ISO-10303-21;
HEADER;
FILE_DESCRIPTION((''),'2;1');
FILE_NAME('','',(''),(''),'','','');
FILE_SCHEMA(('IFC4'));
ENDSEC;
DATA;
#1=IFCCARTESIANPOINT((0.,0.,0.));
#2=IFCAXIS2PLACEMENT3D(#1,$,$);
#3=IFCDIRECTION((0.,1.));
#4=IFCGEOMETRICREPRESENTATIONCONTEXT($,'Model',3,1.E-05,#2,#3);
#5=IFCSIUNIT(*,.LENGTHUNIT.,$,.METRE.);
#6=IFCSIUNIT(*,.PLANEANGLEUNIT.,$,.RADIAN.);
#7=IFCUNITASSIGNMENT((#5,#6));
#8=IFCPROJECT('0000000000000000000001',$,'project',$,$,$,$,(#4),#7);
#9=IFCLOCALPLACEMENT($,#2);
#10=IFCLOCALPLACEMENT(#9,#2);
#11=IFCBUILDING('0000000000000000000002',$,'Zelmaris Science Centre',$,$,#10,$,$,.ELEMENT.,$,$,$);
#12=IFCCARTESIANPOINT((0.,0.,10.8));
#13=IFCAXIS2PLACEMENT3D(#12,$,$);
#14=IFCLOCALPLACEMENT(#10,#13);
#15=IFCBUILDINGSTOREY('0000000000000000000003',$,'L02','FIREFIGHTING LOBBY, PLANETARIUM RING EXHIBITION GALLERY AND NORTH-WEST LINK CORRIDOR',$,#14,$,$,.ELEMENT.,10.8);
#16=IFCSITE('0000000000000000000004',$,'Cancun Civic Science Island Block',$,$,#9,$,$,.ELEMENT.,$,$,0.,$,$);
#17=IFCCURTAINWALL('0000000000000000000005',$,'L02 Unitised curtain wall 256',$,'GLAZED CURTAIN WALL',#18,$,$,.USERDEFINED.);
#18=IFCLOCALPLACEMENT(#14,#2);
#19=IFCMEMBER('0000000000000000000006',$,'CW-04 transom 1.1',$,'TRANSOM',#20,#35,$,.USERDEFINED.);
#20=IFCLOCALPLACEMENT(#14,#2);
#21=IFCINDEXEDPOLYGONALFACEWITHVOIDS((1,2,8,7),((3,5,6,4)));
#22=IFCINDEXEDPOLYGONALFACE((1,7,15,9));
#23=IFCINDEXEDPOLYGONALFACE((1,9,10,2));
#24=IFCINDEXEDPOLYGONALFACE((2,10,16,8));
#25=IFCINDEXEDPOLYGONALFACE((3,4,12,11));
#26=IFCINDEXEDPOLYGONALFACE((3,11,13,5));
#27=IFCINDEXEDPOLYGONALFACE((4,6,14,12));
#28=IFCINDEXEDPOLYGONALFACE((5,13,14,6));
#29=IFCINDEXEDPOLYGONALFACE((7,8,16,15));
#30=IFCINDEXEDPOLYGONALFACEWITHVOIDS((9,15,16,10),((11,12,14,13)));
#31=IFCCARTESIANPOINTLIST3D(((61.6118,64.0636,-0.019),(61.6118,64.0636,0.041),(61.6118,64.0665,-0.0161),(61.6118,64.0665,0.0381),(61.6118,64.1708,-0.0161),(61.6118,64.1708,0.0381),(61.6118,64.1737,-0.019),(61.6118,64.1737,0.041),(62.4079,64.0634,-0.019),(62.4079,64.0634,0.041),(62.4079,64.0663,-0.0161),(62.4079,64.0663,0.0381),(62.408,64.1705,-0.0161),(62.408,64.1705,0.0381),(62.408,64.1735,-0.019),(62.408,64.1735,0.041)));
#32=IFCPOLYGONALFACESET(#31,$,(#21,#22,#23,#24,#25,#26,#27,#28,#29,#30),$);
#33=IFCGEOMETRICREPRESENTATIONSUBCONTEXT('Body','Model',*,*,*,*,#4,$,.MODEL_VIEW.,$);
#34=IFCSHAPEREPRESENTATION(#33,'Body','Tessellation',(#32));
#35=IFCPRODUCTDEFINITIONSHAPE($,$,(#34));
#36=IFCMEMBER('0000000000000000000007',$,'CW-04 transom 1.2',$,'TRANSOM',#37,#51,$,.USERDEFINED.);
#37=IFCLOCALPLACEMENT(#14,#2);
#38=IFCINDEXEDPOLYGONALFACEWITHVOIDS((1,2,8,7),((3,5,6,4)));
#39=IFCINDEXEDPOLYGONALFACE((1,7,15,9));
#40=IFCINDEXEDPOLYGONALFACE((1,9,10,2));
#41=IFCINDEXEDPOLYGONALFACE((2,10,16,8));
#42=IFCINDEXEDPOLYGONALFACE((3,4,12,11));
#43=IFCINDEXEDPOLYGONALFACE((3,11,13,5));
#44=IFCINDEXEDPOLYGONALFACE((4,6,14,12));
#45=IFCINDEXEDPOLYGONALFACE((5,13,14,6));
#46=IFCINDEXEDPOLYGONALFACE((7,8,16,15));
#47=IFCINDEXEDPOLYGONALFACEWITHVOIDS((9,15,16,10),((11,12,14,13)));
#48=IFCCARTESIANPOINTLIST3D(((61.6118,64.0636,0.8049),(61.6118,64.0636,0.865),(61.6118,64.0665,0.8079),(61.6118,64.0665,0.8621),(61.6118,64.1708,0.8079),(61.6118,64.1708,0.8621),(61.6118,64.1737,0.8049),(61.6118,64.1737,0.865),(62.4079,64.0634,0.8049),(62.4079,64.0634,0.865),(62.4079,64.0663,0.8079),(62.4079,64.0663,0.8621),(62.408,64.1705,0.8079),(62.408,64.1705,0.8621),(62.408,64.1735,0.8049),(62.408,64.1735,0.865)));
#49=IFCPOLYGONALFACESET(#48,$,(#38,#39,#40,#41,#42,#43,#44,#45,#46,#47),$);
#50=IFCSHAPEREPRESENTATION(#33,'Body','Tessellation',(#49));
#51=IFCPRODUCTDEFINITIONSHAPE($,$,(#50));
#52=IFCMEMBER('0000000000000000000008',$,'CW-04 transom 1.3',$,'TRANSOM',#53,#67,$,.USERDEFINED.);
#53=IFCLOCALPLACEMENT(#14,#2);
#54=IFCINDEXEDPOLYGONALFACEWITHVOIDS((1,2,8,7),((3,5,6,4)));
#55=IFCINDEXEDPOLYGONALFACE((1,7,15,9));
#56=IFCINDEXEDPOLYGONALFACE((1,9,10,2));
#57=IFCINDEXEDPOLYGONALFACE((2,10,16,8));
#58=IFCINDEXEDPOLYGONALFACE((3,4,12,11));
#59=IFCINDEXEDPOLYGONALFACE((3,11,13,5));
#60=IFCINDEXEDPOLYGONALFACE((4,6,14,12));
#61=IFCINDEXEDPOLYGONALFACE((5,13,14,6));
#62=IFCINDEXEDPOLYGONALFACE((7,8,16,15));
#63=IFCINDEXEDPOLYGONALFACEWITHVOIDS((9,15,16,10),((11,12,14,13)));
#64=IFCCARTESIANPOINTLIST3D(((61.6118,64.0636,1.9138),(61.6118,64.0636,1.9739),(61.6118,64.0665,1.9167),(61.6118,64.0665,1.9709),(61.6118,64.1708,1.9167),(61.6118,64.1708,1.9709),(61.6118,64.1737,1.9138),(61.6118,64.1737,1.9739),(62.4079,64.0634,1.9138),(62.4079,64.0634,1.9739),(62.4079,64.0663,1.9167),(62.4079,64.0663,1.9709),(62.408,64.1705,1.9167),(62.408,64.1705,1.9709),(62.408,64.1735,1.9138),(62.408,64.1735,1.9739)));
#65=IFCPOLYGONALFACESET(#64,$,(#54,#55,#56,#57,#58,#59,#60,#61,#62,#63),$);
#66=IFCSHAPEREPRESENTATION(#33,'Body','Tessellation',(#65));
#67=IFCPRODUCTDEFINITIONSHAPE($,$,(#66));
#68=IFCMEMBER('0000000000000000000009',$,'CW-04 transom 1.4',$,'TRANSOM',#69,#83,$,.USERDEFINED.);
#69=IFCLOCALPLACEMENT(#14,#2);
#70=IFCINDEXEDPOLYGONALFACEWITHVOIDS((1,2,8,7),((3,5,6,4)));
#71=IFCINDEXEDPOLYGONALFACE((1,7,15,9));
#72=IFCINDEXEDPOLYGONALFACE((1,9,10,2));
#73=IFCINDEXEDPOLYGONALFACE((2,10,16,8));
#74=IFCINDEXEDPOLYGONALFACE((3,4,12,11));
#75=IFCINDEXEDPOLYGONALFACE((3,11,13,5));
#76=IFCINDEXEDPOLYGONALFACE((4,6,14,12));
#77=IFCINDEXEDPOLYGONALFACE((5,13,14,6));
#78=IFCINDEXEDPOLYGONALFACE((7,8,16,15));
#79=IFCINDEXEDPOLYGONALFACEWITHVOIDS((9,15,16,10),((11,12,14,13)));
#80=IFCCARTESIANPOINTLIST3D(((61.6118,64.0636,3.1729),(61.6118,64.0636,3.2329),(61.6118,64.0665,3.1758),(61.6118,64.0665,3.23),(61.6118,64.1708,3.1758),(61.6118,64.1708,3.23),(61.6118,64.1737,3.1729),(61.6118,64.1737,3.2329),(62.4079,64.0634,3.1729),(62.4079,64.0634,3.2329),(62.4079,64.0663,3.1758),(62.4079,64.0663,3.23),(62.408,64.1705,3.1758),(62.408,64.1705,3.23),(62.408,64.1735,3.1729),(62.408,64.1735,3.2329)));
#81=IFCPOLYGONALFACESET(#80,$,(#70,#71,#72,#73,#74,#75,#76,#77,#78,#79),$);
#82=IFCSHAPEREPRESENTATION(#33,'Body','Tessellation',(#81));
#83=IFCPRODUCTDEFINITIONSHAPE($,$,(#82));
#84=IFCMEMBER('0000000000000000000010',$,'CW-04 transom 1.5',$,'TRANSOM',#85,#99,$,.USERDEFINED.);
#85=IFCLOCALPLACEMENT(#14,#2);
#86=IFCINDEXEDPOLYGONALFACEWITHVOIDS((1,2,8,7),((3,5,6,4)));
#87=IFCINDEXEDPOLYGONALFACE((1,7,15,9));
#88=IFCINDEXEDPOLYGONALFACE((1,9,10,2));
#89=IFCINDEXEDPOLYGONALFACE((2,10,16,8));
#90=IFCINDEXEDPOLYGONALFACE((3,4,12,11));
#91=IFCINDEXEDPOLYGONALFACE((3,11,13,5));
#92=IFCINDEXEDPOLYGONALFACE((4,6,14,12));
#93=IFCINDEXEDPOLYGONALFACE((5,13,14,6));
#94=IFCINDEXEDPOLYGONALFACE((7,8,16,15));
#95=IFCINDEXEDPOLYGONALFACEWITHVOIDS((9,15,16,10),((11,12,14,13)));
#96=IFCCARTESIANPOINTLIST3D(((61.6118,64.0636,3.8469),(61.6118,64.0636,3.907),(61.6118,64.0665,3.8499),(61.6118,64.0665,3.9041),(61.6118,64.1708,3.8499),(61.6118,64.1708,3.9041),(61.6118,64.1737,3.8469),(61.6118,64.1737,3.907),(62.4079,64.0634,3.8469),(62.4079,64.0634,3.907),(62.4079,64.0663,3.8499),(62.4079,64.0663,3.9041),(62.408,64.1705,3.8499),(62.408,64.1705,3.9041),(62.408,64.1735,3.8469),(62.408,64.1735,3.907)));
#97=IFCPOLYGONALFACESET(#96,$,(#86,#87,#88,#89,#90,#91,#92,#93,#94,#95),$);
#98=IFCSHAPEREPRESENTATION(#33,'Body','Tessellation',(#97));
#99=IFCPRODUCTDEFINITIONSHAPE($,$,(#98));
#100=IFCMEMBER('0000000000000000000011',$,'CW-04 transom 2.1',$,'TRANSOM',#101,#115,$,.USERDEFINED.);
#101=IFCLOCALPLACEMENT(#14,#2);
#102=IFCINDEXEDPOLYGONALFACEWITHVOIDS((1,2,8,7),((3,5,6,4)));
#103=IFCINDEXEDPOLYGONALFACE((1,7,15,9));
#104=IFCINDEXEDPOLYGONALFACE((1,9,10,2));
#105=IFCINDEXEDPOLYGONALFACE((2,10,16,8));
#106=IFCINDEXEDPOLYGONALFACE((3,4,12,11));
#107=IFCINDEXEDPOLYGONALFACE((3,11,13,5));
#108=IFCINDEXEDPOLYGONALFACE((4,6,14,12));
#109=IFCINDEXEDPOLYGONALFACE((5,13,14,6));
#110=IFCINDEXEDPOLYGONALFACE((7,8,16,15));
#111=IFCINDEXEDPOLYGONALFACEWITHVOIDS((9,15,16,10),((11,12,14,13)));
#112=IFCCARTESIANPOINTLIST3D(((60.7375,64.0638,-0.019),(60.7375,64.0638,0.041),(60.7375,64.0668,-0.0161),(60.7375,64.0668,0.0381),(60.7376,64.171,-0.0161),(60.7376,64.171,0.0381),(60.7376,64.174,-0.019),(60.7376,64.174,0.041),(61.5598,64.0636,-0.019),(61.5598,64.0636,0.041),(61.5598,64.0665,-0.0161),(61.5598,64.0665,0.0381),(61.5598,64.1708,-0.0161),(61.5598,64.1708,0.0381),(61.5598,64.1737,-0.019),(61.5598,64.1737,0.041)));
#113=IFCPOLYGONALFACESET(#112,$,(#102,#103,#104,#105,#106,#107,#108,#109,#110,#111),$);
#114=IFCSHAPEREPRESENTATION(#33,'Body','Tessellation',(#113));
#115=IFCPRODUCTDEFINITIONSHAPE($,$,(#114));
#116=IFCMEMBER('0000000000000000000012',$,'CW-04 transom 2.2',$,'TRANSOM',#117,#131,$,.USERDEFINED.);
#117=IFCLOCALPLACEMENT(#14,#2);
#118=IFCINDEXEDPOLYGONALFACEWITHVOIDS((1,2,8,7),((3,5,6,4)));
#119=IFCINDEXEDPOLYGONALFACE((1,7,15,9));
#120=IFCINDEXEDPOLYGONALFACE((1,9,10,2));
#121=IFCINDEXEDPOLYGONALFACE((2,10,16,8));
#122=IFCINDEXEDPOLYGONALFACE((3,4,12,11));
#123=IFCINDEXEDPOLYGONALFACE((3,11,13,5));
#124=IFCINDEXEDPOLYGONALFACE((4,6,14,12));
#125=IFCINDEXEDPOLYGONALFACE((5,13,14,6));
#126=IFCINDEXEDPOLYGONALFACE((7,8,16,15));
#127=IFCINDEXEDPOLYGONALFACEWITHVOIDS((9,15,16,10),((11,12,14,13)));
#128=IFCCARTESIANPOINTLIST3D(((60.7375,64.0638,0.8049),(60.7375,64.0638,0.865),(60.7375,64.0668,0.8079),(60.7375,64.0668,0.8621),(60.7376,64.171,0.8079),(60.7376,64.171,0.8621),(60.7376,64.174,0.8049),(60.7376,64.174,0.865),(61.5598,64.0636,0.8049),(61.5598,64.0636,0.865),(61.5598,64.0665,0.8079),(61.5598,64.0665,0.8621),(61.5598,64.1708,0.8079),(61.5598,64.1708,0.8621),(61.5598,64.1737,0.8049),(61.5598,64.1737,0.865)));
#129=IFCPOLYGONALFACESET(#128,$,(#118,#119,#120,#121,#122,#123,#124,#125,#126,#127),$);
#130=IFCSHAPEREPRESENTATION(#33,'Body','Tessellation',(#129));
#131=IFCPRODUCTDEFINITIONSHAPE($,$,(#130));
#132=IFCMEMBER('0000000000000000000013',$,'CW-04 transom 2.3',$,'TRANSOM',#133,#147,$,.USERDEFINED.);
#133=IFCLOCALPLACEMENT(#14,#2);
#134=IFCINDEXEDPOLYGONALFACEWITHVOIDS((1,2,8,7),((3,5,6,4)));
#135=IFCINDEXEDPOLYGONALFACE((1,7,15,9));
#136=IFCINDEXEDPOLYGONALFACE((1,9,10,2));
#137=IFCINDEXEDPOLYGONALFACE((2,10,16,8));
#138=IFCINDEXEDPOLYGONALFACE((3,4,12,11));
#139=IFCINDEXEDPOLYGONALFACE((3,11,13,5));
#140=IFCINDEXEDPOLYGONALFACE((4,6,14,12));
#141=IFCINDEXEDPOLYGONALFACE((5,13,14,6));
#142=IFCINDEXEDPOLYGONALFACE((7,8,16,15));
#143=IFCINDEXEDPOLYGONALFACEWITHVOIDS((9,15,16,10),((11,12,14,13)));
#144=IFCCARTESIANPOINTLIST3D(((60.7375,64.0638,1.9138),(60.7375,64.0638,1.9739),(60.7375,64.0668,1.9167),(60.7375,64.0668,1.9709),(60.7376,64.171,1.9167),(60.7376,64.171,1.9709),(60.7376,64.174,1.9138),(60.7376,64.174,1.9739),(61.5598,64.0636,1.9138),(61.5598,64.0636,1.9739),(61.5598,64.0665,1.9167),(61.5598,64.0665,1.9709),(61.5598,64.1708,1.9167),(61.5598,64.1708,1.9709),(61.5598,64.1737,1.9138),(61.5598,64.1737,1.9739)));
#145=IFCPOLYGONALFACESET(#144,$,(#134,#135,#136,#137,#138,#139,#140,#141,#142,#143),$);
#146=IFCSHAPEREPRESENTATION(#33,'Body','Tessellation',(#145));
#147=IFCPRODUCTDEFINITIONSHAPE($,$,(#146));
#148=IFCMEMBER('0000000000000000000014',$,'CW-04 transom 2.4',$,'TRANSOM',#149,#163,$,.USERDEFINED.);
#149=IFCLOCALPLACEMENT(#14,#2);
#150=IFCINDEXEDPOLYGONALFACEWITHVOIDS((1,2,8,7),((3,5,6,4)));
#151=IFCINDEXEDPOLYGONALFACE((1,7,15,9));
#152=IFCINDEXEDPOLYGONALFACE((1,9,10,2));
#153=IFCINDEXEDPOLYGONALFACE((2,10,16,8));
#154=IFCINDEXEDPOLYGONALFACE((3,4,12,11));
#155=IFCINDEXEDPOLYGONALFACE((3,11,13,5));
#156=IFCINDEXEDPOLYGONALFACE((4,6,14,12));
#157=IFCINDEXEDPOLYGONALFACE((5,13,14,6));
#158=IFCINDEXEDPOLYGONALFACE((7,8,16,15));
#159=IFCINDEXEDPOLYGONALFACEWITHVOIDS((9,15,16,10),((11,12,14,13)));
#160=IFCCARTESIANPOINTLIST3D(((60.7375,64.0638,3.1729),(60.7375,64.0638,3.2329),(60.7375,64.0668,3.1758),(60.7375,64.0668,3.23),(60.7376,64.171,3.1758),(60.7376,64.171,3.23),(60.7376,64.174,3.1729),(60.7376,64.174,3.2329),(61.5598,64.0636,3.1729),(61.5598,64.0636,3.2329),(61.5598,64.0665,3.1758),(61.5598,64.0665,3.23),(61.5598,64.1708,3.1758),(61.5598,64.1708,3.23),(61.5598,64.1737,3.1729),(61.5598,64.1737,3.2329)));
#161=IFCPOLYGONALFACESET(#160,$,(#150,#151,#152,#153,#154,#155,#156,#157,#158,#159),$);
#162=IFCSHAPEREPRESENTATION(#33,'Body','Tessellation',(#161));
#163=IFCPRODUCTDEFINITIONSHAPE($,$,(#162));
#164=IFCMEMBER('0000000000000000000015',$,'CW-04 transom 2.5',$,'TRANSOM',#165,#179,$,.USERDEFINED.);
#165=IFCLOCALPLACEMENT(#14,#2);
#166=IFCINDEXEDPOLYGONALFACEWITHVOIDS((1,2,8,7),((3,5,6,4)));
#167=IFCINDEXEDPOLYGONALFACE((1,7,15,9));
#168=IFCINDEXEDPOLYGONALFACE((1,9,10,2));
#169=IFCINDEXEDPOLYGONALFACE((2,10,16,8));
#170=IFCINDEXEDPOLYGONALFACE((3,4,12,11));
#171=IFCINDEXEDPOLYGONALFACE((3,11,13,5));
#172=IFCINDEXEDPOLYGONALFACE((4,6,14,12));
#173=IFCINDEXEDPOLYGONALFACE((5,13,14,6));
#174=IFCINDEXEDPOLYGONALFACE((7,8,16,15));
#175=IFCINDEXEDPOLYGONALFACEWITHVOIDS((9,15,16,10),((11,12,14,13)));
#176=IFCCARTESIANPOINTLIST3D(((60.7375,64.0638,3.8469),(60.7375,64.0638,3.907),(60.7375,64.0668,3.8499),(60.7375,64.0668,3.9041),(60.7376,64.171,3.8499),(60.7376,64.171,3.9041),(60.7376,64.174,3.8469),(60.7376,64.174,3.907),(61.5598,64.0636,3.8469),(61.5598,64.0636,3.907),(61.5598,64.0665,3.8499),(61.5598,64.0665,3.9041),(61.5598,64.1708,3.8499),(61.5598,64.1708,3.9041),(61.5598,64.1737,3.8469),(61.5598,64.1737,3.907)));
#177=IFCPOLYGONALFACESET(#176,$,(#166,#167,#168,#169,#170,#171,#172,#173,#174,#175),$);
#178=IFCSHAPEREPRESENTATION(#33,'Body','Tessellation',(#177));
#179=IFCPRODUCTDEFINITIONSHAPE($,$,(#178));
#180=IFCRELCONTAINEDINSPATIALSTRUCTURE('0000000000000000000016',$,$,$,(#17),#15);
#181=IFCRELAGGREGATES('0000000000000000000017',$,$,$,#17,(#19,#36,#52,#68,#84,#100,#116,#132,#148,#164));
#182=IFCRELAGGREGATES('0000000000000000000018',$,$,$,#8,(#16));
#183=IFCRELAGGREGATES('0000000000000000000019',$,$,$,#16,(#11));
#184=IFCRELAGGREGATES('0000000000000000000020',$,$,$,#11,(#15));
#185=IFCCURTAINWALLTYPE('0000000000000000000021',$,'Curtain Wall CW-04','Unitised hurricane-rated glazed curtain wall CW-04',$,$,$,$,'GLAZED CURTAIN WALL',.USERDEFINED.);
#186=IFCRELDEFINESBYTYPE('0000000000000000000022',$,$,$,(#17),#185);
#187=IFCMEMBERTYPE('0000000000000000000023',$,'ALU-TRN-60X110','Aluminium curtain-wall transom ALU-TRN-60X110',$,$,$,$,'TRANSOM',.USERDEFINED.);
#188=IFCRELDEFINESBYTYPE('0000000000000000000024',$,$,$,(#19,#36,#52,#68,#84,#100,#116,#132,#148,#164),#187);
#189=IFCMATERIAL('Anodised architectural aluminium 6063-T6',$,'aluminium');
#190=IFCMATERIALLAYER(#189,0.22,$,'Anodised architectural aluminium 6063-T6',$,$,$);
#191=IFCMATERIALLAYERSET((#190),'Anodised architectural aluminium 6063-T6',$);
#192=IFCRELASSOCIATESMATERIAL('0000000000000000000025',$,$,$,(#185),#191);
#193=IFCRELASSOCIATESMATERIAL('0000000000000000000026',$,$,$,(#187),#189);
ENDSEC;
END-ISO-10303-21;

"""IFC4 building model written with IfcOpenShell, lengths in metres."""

from ifc_helpers import new_model, si_unit, direction, frame, origin, origin_2d, place, context, subcontext, project, spatial, hollow_rectangle, extrude, material, layer, layer_set, material_profile, profile_set, type_object, element, aggregate, save


model = new_model("IFC4")

# Units and contexts
model_context = context("Model", 3, precision=1e-05, world=origin(), true_north=direction((0.0, 1.0)))
body_context = subcontext(model_context, "Body", "Model", "MODEL_VIEW")
ifc_project = project(units=[si_unit("LENGTHUNIT", "METRE"), si_unit("PLANEANGLEUNIT", "RADIAN")], contexts=[model_context])

# Site, building, storey
site_placement = place(None, origin())
site = spatial("IfcSite", under=ifc_project, at=site_placement, Name="Cancun Civic Science Island Block", CompositionType="ELEMENT", RefElevation=0.0)
building_placement = place(site_placement, origin())
building = spatial("IfcBuilding", under=site, at=building_placement, Name="Zelmaris Science Centre", CompositionType="ELEMENT")
storey_placement = place(building_placement, frame((0.0, 0.0, 10.8)))
storey = spatial("IfcBuildingStorey", under=building, at=storey_placement, Name="L02", Description="FIREFIGHTING LOBBY, PLANETARIUM RING EXHIBITION GALLERY AND NORTH-WEST LINK CORRIDOR", CompositionType="ELEMENT", Elevation=10.8)

# Curtain wall, members
ifc_material_1 = material(Name="Anodised architectural aluminium 6063-T6", Category="aluminium")
ifc_layer_1 = layer(ifc_material_1, 0.22, Name="Anodised architectural aluminium 6063-T6")
ifc_layer_set_1 = layer_set([ifc_layer_1], Name="Anodised architectural aluminium 6063-T6")
curtain_wall_type = type_object("IfcCurtainWallType", Name="Curtain Wall CW-04", Description="Unitised hurricane-rated glazed curtain wall CW-04", ElementType="GLAZED CURTAIN WALL", PredefinedType="USERDEFINED", material=ifc_layer_set_1)
curtain_wall_placement = place(storey_placement, origin())
curtain_wall = element("IfcCurtainWall", 1, at=curtain_wall_placement, inside=storey, type_object=curtain_wall_type, Name="L02 Unitised curtain wall 256", ObjectType="GLAZED CURTAIN WALL", PredefinedType="USERDEFINED")
ifc_material_profile_1 = material_profile(ifc_material_1, hollow_rectangle(XDim=0.0601, YDim=0.1101, WallThickness=0.0029, at=origin_2d()), Name="ALU-TRN-60X110")
ifc_profile_set_1 = profile_set([ifc_material_profile_1], Name="Anodised architectural aluminium 6063-T6")
member_type_1 = type_object("IfcMemberType", Name="ALU-TRN-60X110", Description="Aluminium curtain-wall transom ALU-TRN-60X110", ElementType="TRANSOM", PredefinedType="USERDEFINED", material=ifc_profile_set_1)
member_1_placement = place(storey_placement, frame((62.408, 64.1184, 0.011), z_axis=(-1.0, 0.000307, 0.0), x_axis=(0.0, 0.0, 1.0)))
member_1 = element("IfcMember", 2, at=member_1_placement, type_object=member_type_1, Name="CW-04 transom 1.1", ObjectType="TRANSOM", PredefinedType="USERDEFINED", context=body_context, shape_type="SweptSolid", body=[
    extrude(hollow_rectangle(XDim=0.0601, YDim=0.1101, WallThickness=0.0029, at=origin_2d()), origin(), (0.0, 0.0, 1.0), 0.7961),
])
member_2_placement = place(storey_placement, frame((62.408, 64.1184, 0.835), z_axis=(-1.0, 0.000307, 0.0), x_axis=(0.0, 0.0, 1.0)))
member_2 = element("IfcMember", 3, at=member_2_placement, type_object=member_type_1, Name="CW-04 transom 1.2", ObjectType="TRANSOM", PredefinedType="USERDEFINED", context=body_context, shape_type="SweptSolid", body=[
    extrude(hollow_rectangle(XDim=0.0601, YDim=0.1101, WallThickness=0.0029, at=origin_2d()), origin(), (0.0, 0.0, 1.0), 0.7961),
])
member_3_placement = place(storey_placement, frame((62.408, 64.1184, 1.9438), z_axis=(-1.0, 0.000307, 0.0), x_axis=(0.0, 0.0, 1.0)))
member_3 = element("IfcMember", 4, at=member_3_placement, type_object=member_type_1, Name="CW-04 transom 1.3", ObjectType="TRANSOM", PredefinedType="USERDEFINED", context=body_context, shape_type="SweptSolid", body=[
    extrude(hollow_rectangle(XDim=0.0601, YDim=0.1101, WallThickness=0.0029, at=origin_2d()), origin(), (0.0, 0.0, 1.0), 0.7961),
])
member_4_placement = place(storey_placement, frame((62.408, 64.1184, 3.2029), z_axis=(-1.0, 0.000307, 0.0), x_axis=(0.0, 0.0, 1.0)))
member_4 = element("IfcMember", 5, at=member_4_placement, type_object=member_type_1, Name="CW-04 transom 1.4", ObjectType="TRANSOM", PredefinedType="USERDEFINED", context=body_context, shape_type="SweptSolid", body=[
    extrude(hollow_rectangle(XDim=0.0601, YDim=0.1101, WallThickness=0.0029, at=origin_2d()), origin(), (0.0, 0.0, 1.0), 0.7961),
])
member_5_placement = place(storey_placement, frame((62.408, 64.1184, 3.877), z_axis=(-1.0, 0.000307, 0.0), x_axis=(0.0, 0.0, 1.0)))
member_5 = element("IfcMember", 6, at=member_5_placement, type_object=member_type_1, Name="CW-04 transom 1.5", ObjectType="TRANSOM", PredefinedType="USERDEFINED", context=body_context, shape_type="SweptSolid", body=[
    extrude(hollow_rectangle(XDim=0.0601, YDim=0.1101, WallThickness=0.0029, at=origin_2d()), origin(), (0.0, 0.0, 1.0), 0.7961),
])
member_6_placement = place(storey_placement, frame((61.5598, 64.1187, 0.011), z_axis=(-1.0, 0.000297, 0.0), x_axis=(0.0, 0.0, 1.0)))
member_6 = element("IfcMember", 7, at=member_6_placement, type_object=member_type_1, Name="CW-04 transom 2.1", ObjectType="TRANSOM", PredefinedType="USERDEFINED", context=body_context, shape_type="SweptSolid", body=[
    extrude(hollow_rectangle(XDim=0.0601, YDim=0.1101, WallThickness=0.0029, at=origin_2d()), origin(), (0.0, 0.0, 1.0), 0.8223),
])
member_7_placement = place(storey_placement, frame((61.5598, 64.1187, 0.835), z_axis=(-1.0, 0.000297, 0.0), x_axis=(0.0, 0.0, 1.0)))
member_7 = element("IfcMember", 8, at=member_7_placement, type_object=member_type_1, Name="CW-04 transom 2.2", ObjectType="TRANSOM", PredefinedType="USERDEFINED", context=body_context, shape_type="SweptSolid", body=[
    extrude(hollow_rectangle(XDim=0.0601, YDim=0.1101, WallThickness=0.0029, at=origin_2d()), origin(), (0.0, 0.0, 1.0), 0.8223),
])
member_8_placement = place(storey_placement, frame((61.5598, 64.1187, 1.9438), z_axis=(-1.0, 0.000297, 0.0), x_axis=(0.0, 0.0, 1.0)))
member_8 = element("IfcMember", 9, at=member_8_placement, type_object=member_type_1, Name="CW-04 transom 2.3", ObjectType="TRANSOM", PredefinedType="USERDEFINED", context=body_context, shape_type="SweptSolid", body=[
    extrude(hollow_rectangle(XDim=0.0601, YDim=0.1101, WallThickness=0.0029, at=origin_2d()), origin(), (0.0, 0.0, 1.0), 0.8223),
])
member_9_placement = place(storey_placement, frame((61.5598, 64.1187, 3.2029), z_axis=(-1.0, 0.000297, 0.0), x_axis=(0.0, 0.0, 1.0)))
member_9 = element("IfcMember", 10, at=member_9_placement, type_object=member_type_1, Name="CW-04 transom 2.4", ObjectType="TRANSOM", PredefinedType="USERDEFINED", context=body_context, shape_type="SweptSolid", body=[
    extrude(hollow_rectangle(XDim=0.0601, YDim=0.1101, WallThickness=0.0029, at=origin_2d()), origin(), (0.0, 0.0, 1.0), 0.8223),
])
member_10_placement = place(storey_placement, frame((61.5598, 64.1187, 3.877), z_axis=(-1.0, 0.000297, 0.0), x_axis=(0.0, 0.0, 1.0)))
member_10 = element("IfcMember", 11, at=member_10_placement, type_object=member_type_1, Name="CW-04 transom 2.5", ObjectType="TRANSOM", PredefinedType="USERDEFINED", context=body_context, shape_type="SweptSolid", body=[
    extrude(hollow_rectangle(XDim=0.0601, YDim=0.1101, WallThickness=0.0029, at=origin_2d()), origin(), (0.0, 0.0, 1.0), 0.8223),
])

aggregate(curtain_wall, [member_1, member_2, member_3, member_4, member_5, member_6, member_7, member_8, member_9, member_10])

save(model, "model.ifc")
